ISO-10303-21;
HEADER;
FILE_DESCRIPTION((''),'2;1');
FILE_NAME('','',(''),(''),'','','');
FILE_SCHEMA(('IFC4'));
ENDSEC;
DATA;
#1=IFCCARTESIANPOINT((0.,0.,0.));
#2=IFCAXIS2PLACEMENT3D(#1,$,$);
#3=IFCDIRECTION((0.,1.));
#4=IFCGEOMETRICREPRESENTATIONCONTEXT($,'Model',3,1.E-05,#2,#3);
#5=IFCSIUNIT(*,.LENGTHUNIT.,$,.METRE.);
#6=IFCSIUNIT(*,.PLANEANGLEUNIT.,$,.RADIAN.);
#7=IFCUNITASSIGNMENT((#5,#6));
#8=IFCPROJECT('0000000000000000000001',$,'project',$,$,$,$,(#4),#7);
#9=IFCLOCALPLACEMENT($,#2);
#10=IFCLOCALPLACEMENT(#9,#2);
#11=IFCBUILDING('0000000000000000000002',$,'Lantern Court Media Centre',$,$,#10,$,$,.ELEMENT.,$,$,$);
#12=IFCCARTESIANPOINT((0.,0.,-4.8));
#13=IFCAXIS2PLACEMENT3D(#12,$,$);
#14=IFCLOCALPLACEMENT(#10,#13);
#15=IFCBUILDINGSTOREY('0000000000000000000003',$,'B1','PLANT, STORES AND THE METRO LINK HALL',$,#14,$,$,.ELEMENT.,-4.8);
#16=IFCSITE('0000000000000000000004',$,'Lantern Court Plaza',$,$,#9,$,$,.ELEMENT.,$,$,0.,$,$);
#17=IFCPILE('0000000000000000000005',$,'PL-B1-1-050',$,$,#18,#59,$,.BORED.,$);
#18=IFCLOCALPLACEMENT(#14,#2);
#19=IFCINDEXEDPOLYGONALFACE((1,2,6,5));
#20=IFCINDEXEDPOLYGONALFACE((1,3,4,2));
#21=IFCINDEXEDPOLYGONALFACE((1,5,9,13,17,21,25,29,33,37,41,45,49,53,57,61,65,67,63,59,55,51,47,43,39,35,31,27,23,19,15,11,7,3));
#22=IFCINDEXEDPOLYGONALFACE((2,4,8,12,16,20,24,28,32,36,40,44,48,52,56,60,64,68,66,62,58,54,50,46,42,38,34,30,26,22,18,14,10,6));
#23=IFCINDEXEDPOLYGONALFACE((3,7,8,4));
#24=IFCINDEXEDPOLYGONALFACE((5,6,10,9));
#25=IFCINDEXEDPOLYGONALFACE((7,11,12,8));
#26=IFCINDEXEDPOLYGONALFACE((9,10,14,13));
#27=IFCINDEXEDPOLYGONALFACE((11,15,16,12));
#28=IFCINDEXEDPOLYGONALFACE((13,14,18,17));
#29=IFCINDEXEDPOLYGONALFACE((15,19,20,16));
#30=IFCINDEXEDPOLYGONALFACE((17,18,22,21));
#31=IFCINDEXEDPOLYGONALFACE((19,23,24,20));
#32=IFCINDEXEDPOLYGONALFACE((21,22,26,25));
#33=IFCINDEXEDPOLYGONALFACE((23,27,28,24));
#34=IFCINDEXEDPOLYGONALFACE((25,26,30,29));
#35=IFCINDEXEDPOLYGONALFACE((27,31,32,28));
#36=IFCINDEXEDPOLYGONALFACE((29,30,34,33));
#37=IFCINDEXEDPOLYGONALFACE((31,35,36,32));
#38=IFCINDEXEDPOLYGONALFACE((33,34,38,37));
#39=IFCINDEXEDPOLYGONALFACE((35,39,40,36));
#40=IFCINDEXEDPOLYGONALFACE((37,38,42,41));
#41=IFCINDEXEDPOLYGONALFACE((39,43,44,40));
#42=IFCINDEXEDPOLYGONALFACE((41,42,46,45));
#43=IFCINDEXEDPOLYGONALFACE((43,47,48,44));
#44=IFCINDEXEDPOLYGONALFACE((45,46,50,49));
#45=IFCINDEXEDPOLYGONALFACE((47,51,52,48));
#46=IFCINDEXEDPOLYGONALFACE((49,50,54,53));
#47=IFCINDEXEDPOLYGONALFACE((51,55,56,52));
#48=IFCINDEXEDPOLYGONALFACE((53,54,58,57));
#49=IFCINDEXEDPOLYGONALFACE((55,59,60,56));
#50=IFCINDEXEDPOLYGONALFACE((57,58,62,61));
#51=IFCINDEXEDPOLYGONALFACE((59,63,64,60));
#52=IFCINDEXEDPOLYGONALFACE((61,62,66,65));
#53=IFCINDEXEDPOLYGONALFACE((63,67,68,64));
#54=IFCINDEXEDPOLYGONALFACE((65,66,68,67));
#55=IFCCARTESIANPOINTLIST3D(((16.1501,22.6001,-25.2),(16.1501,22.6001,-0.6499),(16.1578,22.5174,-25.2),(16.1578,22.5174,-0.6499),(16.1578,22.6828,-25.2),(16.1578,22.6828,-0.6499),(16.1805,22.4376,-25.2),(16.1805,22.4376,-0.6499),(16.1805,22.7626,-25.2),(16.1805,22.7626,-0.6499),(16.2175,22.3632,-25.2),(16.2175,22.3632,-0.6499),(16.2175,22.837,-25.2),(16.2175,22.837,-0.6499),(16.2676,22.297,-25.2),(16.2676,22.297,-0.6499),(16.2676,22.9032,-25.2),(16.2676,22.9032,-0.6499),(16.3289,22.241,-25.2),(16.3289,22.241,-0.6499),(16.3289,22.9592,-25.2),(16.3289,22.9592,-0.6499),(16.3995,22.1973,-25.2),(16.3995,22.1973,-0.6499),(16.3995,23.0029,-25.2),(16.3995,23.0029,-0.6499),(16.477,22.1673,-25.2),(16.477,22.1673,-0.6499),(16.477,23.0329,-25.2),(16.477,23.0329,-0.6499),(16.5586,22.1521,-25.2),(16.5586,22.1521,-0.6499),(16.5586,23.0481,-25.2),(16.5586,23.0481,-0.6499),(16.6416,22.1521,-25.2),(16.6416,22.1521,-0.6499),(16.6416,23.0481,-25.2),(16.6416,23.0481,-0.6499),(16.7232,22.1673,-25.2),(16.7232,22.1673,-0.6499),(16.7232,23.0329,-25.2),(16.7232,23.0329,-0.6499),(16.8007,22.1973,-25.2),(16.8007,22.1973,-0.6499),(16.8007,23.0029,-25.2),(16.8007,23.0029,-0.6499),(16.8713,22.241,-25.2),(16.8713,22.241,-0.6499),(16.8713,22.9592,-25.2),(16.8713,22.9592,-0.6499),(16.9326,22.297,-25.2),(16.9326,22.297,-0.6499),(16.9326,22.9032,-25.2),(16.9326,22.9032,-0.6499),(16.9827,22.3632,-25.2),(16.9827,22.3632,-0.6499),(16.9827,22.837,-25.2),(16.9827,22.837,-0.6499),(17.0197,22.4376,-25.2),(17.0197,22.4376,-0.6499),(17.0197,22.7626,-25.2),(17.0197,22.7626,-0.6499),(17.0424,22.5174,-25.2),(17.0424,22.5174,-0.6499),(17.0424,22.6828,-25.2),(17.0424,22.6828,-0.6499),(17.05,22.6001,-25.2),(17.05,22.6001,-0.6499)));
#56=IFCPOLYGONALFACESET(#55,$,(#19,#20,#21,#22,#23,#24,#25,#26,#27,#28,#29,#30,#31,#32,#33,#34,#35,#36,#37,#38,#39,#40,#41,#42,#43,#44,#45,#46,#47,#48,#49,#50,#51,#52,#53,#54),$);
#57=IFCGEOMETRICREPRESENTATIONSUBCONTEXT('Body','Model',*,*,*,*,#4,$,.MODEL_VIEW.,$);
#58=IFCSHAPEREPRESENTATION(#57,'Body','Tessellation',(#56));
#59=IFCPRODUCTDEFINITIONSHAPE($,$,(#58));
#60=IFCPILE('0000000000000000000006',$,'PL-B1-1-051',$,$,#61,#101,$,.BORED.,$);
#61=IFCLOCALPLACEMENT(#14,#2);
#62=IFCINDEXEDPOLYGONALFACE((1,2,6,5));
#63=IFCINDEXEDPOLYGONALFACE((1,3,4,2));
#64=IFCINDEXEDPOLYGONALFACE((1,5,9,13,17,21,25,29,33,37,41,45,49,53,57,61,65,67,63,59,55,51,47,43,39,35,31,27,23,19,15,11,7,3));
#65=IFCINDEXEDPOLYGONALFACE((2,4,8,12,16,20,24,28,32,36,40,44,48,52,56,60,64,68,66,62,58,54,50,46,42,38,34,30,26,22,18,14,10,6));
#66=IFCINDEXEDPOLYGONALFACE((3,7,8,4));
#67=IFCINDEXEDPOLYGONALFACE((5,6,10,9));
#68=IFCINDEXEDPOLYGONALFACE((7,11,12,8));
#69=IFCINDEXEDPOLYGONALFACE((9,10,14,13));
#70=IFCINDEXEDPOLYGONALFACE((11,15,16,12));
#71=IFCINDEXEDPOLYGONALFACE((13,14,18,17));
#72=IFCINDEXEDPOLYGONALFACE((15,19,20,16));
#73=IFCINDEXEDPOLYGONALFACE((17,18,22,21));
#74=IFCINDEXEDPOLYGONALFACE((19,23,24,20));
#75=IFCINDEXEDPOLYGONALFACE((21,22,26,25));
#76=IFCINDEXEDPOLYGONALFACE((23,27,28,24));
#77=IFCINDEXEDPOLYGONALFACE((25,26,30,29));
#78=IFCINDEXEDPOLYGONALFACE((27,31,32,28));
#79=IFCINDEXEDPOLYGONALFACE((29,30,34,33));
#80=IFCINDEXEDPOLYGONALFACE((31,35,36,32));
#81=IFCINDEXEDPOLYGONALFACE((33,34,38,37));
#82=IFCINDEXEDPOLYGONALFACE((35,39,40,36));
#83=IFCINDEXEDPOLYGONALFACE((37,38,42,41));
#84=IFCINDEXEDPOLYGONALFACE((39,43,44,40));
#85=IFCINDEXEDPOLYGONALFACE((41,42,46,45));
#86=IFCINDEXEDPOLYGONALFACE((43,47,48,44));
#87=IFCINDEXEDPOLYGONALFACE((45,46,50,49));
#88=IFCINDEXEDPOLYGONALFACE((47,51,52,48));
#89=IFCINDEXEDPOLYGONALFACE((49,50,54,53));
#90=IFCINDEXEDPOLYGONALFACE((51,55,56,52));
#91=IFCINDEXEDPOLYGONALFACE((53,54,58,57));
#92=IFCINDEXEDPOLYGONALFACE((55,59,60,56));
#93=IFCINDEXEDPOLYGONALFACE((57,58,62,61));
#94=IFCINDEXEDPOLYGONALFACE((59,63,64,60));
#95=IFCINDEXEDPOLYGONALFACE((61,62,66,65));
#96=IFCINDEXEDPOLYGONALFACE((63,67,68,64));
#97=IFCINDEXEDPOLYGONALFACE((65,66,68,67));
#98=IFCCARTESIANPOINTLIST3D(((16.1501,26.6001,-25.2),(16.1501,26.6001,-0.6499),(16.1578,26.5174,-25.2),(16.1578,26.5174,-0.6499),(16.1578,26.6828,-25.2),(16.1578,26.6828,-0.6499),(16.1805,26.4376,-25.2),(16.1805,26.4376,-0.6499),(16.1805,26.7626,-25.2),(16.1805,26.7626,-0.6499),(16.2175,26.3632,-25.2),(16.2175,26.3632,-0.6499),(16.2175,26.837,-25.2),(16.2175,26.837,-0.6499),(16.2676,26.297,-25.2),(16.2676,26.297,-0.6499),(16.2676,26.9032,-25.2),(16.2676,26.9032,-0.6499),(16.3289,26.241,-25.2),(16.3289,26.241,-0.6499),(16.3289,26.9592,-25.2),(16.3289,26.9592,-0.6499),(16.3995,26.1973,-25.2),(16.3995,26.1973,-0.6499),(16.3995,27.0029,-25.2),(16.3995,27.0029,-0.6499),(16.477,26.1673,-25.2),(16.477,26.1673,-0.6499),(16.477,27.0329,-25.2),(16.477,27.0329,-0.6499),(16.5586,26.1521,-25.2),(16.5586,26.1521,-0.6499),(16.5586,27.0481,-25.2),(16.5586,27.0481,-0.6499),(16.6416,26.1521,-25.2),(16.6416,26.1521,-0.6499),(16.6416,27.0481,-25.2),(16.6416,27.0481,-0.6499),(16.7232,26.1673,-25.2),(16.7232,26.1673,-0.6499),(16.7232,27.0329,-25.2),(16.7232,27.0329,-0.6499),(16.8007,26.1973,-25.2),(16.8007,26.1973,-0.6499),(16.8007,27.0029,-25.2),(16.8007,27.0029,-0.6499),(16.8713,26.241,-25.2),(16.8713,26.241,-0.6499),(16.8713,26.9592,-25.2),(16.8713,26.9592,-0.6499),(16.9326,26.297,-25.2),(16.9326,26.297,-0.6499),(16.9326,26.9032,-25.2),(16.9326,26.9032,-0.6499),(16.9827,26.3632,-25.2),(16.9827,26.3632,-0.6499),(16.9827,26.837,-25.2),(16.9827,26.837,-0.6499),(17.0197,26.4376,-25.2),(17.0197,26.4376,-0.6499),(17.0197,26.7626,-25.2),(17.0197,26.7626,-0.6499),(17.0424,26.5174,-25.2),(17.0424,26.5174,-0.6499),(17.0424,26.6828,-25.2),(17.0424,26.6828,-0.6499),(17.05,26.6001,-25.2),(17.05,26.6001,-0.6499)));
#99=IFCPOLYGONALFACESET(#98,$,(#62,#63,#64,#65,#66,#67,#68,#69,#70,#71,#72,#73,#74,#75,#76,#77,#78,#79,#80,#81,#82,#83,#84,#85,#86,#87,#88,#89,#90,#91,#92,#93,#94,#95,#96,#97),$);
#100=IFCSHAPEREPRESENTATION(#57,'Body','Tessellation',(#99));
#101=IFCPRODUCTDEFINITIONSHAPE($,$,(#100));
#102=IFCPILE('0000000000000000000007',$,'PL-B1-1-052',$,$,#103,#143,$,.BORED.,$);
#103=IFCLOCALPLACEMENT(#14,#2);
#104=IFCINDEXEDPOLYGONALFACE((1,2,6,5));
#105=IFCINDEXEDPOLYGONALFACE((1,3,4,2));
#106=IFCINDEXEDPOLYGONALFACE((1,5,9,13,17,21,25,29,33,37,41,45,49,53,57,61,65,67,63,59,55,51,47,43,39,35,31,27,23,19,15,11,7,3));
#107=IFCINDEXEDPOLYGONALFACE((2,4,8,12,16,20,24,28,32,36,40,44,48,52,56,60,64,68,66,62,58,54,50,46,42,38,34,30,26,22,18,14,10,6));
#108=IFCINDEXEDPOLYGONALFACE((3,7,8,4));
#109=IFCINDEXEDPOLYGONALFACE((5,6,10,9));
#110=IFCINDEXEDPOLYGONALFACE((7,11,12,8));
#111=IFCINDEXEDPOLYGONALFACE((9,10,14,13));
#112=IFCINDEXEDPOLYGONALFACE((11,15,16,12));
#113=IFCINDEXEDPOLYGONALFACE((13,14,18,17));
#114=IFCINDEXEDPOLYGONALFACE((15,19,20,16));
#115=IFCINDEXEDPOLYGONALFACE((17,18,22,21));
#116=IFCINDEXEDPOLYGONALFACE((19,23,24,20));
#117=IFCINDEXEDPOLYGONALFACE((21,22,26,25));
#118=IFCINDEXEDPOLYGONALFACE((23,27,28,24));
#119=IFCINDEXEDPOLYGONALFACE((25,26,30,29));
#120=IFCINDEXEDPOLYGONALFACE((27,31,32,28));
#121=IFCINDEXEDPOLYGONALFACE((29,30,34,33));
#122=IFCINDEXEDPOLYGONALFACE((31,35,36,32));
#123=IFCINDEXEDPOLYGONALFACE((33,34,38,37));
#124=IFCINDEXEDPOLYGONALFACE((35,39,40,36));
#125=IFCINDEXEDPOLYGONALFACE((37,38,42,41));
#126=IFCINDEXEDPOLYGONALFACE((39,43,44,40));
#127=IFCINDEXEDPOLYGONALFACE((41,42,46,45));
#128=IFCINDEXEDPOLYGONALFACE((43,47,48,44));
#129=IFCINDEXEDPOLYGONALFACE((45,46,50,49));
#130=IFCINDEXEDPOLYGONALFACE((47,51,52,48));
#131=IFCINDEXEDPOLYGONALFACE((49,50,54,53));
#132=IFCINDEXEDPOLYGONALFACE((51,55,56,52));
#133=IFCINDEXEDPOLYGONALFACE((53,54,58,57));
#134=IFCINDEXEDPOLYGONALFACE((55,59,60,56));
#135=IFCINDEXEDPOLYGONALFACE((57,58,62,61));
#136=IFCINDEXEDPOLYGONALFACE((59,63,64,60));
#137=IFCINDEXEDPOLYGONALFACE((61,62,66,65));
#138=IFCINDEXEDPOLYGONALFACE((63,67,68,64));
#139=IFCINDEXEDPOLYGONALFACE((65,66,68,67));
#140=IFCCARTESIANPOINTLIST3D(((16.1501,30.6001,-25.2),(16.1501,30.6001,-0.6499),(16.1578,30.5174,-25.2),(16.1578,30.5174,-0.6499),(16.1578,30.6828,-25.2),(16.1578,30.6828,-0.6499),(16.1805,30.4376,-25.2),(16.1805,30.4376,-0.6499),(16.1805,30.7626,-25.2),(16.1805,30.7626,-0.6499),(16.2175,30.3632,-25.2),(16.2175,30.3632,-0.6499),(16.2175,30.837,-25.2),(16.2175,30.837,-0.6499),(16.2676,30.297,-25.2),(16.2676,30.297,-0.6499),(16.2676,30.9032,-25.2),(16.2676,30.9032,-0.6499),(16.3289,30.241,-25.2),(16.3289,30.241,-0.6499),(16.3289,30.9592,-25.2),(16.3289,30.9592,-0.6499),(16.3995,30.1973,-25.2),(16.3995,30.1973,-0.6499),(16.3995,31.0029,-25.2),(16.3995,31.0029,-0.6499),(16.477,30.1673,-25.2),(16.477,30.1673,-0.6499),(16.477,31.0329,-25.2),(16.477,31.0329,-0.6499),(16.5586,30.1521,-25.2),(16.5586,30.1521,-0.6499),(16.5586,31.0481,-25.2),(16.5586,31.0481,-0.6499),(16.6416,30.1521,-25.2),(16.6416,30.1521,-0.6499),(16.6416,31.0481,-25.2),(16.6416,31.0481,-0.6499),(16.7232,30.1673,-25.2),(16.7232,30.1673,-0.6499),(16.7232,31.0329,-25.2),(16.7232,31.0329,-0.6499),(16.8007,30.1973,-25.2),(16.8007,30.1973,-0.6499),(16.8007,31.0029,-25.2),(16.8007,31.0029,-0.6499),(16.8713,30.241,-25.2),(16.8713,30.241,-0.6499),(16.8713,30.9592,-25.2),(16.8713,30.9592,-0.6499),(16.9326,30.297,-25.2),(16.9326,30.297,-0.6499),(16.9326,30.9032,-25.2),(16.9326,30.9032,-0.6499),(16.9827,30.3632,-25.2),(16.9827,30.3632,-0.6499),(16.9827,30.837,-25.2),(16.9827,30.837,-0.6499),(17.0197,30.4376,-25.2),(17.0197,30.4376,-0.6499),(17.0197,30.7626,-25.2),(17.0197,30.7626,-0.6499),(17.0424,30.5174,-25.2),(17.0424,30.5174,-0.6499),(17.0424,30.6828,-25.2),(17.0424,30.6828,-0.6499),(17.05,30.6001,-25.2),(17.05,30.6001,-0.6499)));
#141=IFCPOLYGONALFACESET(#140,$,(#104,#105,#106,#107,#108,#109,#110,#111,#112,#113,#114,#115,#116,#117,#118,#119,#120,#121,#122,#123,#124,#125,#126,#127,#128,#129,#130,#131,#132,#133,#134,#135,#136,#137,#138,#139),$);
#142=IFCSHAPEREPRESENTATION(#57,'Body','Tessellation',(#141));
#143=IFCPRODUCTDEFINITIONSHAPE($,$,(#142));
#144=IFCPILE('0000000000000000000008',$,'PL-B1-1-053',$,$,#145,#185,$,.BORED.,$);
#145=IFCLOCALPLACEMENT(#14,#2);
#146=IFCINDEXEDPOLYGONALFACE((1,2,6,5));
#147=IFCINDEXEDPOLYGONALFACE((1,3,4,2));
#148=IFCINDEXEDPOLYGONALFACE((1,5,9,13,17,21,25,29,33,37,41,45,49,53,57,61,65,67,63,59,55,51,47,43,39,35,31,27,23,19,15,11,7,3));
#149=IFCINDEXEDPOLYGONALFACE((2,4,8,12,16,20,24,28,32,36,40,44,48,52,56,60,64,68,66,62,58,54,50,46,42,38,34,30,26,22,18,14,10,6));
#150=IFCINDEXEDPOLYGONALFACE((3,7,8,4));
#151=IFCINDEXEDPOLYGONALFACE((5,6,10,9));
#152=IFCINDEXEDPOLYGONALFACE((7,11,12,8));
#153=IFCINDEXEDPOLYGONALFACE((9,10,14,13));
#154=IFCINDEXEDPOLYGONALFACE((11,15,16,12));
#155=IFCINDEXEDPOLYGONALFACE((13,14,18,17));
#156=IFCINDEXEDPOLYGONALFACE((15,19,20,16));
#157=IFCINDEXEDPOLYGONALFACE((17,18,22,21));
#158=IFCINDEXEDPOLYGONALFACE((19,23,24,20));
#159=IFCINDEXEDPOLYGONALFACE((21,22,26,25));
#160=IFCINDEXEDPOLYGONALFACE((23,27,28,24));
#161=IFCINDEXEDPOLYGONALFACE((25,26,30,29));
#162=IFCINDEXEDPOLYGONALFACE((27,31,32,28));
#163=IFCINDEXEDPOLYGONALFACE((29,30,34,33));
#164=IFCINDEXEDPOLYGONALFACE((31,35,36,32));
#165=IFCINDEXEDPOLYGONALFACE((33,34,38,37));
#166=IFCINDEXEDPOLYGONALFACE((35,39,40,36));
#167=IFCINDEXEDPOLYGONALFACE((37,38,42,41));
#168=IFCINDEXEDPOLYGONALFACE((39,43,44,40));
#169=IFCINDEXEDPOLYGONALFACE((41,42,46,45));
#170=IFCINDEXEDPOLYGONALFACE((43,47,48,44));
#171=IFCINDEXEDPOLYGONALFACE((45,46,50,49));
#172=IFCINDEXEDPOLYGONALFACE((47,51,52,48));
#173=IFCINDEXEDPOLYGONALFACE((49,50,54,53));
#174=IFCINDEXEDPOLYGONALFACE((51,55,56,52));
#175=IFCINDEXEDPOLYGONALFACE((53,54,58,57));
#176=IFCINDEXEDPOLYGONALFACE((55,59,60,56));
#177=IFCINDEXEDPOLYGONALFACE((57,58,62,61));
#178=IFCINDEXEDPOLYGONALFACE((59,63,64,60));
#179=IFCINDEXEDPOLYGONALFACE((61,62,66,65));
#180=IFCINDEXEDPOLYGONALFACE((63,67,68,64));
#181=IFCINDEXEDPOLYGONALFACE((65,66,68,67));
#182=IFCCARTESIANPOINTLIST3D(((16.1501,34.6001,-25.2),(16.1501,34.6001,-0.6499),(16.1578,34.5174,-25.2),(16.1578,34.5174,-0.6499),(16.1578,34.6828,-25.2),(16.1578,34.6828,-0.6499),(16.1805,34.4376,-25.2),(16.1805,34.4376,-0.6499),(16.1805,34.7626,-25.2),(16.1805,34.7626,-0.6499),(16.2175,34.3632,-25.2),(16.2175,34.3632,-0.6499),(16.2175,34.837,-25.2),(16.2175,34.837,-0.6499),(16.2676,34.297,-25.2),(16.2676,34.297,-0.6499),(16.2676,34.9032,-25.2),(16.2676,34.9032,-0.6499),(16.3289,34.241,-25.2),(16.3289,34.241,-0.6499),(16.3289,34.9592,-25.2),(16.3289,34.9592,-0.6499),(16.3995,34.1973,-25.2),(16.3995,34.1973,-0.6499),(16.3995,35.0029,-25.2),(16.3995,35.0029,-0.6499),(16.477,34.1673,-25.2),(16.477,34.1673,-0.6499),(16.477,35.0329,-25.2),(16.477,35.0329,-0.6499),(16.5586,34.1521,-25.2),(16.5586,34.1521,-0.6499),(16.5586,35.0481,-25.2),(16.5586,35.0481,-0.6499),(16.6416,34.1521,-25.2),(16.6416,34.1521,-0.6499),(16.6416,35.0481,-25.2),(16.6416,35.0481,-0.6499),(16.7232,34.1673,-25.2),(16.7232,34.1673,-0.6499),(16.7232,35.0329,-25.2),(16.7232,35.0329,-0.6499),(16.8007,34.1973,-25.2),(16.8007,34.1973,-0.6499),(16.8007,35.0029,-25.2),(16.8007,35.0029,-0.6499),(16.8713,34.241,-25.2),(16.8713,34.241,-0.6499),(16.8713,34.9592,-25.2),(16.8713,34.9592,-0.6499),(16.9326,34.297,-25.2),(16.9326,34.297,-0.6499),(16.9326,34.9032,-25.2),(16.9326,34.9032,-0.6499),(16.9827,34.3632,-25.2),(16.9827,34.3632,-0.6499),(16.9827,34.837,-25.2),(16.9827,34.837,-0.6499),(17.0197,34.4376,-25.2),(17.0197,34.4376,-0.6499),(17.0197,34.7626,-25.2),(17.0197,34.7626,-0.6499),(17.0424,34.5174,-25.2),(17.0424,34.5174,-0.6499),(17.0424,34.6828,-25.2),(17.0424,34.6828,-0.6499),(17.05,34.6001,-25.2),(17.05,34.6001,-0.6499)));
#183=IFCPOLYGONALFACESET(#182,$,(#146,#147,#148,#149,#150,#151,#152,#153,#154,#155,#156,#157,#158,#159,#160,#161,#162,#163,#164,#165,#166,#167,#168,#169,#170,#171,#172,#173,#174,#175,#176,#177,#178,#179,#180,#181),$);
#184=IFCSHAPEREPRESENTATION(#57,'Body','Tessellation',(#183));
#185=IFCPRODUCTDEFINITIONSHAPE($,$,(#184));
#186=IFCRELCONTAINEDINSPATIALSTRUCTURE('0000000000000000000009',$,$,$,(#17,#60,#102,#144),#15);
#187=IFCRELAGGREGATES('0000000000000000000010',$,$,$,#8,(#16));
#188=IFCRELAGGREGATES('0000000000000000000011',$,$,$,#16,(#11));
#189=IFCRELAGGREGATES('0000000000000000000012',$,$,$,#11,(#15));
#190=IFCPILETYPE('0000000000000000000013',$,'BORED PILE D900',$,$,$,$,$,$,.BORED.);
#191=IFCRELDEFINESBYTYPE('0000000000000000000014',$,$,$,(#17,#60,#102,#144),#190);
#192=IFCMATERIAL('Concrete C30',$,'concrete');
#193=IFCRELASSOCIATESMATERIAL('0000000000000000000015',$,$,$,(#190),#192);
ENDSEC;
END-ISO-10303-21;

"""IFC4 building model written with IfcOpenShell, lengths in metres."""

from ifc_helpers import new_model, si_unit, direction, frame, origin, origin_2d, place, context, subcontext, project, spatial, circle, extrude, material, material_profile, profile_set, type_object, element, save


model = new_model("IFC4")

# Units and contexts
model_context = context("Model", 3, precision=1e-05, world=origin(), true_north=direction((0.0, 1.0)))
body_context = subcontext(model_context, "Body", "Model", "MODEL_VIEW")
ifc_project = project(units=[si_unit("LENGTHUNIT", "METRE"), si_unit("PLANEANGLEUNIT", "RADIAN")], contexts=[model_context])

# Site, building, storey
site_placement = place(None, origin())
site = spatial("IfcSite", under=ifc_project, at=site_placement, Name="Lantern Court Plaza", CompositionType="ELEMENT", RefElevation=0.0)
building_placement = place(site_placement, origin())
building = spatial("IfcBuilding", under=site, at=building_placement, Name="Lantern Court Media Centre", CompositionType="ELEMENT")
storey_placement = place(building_placement, frame((0.0, 0.0, -4.8)))
storey = spatial("IfcBuildingStorey", under=building, at=storey_placement, Name="B1", Description="PLANT, STORES AND THE METRO LINK HALL", CompositionType="ELEMENT", Elevation=-4.8)

# Piles
ifc_material_1 = material(Name="Concrete C30", Category="concrete")
ifc_material_profile_1 = material_profile(ifc_material_1, circle(Radius=0.45, at=origin_2d()), Name="D900")
ifc_profile_set_1 = profile_set([ifc_material_profile_1], Name="Concrete C30")
pile_type = type_object("IfcPileType", Name="BORED PILE D900", PredefinedType="BORED", material=ifc_profile_set_1)
for number, where, z_axis, x_axis, name in (
    (1, (16.6001, 22.6001, -0.6499), (0.0, 0.0, -1.0), (1.0, 0.0, 0.0), "PL-B1-1-050"),
    (2, (16.6001, 26.6001, -0.6499), (0.0, 0.0, -1.0), (1.0, 0.0, 0.0), "PL-B1-1-051"),
    (3, (16.6001, 30.6001, -0.6499), (0.0, 0.0, -1.0), (1.0, 0.0, 0.0), "PL-B1-1-052"),
    (4, (16.6001, 34.6001, -0.6499), (0.0, 0.0, -1.0), (1.0, 0.0, 0.0), "PL-B1-1-053"),
):
    element("IfcPile", number, at=place(storey_placement, frame(where, z_axis=z_axis, x_axis=x_axis)), inside=storey, type_object=pile_type, Name=name, PredefinedType="BORED", context=body_context, shape_type="SweptSolid", body=[
        extrude(circle(Radius=0.45, at=origin_2d()), origin(), (0.0, 0.0, 1.0), 24.55),
    ])

save(model, "model.ifc")
